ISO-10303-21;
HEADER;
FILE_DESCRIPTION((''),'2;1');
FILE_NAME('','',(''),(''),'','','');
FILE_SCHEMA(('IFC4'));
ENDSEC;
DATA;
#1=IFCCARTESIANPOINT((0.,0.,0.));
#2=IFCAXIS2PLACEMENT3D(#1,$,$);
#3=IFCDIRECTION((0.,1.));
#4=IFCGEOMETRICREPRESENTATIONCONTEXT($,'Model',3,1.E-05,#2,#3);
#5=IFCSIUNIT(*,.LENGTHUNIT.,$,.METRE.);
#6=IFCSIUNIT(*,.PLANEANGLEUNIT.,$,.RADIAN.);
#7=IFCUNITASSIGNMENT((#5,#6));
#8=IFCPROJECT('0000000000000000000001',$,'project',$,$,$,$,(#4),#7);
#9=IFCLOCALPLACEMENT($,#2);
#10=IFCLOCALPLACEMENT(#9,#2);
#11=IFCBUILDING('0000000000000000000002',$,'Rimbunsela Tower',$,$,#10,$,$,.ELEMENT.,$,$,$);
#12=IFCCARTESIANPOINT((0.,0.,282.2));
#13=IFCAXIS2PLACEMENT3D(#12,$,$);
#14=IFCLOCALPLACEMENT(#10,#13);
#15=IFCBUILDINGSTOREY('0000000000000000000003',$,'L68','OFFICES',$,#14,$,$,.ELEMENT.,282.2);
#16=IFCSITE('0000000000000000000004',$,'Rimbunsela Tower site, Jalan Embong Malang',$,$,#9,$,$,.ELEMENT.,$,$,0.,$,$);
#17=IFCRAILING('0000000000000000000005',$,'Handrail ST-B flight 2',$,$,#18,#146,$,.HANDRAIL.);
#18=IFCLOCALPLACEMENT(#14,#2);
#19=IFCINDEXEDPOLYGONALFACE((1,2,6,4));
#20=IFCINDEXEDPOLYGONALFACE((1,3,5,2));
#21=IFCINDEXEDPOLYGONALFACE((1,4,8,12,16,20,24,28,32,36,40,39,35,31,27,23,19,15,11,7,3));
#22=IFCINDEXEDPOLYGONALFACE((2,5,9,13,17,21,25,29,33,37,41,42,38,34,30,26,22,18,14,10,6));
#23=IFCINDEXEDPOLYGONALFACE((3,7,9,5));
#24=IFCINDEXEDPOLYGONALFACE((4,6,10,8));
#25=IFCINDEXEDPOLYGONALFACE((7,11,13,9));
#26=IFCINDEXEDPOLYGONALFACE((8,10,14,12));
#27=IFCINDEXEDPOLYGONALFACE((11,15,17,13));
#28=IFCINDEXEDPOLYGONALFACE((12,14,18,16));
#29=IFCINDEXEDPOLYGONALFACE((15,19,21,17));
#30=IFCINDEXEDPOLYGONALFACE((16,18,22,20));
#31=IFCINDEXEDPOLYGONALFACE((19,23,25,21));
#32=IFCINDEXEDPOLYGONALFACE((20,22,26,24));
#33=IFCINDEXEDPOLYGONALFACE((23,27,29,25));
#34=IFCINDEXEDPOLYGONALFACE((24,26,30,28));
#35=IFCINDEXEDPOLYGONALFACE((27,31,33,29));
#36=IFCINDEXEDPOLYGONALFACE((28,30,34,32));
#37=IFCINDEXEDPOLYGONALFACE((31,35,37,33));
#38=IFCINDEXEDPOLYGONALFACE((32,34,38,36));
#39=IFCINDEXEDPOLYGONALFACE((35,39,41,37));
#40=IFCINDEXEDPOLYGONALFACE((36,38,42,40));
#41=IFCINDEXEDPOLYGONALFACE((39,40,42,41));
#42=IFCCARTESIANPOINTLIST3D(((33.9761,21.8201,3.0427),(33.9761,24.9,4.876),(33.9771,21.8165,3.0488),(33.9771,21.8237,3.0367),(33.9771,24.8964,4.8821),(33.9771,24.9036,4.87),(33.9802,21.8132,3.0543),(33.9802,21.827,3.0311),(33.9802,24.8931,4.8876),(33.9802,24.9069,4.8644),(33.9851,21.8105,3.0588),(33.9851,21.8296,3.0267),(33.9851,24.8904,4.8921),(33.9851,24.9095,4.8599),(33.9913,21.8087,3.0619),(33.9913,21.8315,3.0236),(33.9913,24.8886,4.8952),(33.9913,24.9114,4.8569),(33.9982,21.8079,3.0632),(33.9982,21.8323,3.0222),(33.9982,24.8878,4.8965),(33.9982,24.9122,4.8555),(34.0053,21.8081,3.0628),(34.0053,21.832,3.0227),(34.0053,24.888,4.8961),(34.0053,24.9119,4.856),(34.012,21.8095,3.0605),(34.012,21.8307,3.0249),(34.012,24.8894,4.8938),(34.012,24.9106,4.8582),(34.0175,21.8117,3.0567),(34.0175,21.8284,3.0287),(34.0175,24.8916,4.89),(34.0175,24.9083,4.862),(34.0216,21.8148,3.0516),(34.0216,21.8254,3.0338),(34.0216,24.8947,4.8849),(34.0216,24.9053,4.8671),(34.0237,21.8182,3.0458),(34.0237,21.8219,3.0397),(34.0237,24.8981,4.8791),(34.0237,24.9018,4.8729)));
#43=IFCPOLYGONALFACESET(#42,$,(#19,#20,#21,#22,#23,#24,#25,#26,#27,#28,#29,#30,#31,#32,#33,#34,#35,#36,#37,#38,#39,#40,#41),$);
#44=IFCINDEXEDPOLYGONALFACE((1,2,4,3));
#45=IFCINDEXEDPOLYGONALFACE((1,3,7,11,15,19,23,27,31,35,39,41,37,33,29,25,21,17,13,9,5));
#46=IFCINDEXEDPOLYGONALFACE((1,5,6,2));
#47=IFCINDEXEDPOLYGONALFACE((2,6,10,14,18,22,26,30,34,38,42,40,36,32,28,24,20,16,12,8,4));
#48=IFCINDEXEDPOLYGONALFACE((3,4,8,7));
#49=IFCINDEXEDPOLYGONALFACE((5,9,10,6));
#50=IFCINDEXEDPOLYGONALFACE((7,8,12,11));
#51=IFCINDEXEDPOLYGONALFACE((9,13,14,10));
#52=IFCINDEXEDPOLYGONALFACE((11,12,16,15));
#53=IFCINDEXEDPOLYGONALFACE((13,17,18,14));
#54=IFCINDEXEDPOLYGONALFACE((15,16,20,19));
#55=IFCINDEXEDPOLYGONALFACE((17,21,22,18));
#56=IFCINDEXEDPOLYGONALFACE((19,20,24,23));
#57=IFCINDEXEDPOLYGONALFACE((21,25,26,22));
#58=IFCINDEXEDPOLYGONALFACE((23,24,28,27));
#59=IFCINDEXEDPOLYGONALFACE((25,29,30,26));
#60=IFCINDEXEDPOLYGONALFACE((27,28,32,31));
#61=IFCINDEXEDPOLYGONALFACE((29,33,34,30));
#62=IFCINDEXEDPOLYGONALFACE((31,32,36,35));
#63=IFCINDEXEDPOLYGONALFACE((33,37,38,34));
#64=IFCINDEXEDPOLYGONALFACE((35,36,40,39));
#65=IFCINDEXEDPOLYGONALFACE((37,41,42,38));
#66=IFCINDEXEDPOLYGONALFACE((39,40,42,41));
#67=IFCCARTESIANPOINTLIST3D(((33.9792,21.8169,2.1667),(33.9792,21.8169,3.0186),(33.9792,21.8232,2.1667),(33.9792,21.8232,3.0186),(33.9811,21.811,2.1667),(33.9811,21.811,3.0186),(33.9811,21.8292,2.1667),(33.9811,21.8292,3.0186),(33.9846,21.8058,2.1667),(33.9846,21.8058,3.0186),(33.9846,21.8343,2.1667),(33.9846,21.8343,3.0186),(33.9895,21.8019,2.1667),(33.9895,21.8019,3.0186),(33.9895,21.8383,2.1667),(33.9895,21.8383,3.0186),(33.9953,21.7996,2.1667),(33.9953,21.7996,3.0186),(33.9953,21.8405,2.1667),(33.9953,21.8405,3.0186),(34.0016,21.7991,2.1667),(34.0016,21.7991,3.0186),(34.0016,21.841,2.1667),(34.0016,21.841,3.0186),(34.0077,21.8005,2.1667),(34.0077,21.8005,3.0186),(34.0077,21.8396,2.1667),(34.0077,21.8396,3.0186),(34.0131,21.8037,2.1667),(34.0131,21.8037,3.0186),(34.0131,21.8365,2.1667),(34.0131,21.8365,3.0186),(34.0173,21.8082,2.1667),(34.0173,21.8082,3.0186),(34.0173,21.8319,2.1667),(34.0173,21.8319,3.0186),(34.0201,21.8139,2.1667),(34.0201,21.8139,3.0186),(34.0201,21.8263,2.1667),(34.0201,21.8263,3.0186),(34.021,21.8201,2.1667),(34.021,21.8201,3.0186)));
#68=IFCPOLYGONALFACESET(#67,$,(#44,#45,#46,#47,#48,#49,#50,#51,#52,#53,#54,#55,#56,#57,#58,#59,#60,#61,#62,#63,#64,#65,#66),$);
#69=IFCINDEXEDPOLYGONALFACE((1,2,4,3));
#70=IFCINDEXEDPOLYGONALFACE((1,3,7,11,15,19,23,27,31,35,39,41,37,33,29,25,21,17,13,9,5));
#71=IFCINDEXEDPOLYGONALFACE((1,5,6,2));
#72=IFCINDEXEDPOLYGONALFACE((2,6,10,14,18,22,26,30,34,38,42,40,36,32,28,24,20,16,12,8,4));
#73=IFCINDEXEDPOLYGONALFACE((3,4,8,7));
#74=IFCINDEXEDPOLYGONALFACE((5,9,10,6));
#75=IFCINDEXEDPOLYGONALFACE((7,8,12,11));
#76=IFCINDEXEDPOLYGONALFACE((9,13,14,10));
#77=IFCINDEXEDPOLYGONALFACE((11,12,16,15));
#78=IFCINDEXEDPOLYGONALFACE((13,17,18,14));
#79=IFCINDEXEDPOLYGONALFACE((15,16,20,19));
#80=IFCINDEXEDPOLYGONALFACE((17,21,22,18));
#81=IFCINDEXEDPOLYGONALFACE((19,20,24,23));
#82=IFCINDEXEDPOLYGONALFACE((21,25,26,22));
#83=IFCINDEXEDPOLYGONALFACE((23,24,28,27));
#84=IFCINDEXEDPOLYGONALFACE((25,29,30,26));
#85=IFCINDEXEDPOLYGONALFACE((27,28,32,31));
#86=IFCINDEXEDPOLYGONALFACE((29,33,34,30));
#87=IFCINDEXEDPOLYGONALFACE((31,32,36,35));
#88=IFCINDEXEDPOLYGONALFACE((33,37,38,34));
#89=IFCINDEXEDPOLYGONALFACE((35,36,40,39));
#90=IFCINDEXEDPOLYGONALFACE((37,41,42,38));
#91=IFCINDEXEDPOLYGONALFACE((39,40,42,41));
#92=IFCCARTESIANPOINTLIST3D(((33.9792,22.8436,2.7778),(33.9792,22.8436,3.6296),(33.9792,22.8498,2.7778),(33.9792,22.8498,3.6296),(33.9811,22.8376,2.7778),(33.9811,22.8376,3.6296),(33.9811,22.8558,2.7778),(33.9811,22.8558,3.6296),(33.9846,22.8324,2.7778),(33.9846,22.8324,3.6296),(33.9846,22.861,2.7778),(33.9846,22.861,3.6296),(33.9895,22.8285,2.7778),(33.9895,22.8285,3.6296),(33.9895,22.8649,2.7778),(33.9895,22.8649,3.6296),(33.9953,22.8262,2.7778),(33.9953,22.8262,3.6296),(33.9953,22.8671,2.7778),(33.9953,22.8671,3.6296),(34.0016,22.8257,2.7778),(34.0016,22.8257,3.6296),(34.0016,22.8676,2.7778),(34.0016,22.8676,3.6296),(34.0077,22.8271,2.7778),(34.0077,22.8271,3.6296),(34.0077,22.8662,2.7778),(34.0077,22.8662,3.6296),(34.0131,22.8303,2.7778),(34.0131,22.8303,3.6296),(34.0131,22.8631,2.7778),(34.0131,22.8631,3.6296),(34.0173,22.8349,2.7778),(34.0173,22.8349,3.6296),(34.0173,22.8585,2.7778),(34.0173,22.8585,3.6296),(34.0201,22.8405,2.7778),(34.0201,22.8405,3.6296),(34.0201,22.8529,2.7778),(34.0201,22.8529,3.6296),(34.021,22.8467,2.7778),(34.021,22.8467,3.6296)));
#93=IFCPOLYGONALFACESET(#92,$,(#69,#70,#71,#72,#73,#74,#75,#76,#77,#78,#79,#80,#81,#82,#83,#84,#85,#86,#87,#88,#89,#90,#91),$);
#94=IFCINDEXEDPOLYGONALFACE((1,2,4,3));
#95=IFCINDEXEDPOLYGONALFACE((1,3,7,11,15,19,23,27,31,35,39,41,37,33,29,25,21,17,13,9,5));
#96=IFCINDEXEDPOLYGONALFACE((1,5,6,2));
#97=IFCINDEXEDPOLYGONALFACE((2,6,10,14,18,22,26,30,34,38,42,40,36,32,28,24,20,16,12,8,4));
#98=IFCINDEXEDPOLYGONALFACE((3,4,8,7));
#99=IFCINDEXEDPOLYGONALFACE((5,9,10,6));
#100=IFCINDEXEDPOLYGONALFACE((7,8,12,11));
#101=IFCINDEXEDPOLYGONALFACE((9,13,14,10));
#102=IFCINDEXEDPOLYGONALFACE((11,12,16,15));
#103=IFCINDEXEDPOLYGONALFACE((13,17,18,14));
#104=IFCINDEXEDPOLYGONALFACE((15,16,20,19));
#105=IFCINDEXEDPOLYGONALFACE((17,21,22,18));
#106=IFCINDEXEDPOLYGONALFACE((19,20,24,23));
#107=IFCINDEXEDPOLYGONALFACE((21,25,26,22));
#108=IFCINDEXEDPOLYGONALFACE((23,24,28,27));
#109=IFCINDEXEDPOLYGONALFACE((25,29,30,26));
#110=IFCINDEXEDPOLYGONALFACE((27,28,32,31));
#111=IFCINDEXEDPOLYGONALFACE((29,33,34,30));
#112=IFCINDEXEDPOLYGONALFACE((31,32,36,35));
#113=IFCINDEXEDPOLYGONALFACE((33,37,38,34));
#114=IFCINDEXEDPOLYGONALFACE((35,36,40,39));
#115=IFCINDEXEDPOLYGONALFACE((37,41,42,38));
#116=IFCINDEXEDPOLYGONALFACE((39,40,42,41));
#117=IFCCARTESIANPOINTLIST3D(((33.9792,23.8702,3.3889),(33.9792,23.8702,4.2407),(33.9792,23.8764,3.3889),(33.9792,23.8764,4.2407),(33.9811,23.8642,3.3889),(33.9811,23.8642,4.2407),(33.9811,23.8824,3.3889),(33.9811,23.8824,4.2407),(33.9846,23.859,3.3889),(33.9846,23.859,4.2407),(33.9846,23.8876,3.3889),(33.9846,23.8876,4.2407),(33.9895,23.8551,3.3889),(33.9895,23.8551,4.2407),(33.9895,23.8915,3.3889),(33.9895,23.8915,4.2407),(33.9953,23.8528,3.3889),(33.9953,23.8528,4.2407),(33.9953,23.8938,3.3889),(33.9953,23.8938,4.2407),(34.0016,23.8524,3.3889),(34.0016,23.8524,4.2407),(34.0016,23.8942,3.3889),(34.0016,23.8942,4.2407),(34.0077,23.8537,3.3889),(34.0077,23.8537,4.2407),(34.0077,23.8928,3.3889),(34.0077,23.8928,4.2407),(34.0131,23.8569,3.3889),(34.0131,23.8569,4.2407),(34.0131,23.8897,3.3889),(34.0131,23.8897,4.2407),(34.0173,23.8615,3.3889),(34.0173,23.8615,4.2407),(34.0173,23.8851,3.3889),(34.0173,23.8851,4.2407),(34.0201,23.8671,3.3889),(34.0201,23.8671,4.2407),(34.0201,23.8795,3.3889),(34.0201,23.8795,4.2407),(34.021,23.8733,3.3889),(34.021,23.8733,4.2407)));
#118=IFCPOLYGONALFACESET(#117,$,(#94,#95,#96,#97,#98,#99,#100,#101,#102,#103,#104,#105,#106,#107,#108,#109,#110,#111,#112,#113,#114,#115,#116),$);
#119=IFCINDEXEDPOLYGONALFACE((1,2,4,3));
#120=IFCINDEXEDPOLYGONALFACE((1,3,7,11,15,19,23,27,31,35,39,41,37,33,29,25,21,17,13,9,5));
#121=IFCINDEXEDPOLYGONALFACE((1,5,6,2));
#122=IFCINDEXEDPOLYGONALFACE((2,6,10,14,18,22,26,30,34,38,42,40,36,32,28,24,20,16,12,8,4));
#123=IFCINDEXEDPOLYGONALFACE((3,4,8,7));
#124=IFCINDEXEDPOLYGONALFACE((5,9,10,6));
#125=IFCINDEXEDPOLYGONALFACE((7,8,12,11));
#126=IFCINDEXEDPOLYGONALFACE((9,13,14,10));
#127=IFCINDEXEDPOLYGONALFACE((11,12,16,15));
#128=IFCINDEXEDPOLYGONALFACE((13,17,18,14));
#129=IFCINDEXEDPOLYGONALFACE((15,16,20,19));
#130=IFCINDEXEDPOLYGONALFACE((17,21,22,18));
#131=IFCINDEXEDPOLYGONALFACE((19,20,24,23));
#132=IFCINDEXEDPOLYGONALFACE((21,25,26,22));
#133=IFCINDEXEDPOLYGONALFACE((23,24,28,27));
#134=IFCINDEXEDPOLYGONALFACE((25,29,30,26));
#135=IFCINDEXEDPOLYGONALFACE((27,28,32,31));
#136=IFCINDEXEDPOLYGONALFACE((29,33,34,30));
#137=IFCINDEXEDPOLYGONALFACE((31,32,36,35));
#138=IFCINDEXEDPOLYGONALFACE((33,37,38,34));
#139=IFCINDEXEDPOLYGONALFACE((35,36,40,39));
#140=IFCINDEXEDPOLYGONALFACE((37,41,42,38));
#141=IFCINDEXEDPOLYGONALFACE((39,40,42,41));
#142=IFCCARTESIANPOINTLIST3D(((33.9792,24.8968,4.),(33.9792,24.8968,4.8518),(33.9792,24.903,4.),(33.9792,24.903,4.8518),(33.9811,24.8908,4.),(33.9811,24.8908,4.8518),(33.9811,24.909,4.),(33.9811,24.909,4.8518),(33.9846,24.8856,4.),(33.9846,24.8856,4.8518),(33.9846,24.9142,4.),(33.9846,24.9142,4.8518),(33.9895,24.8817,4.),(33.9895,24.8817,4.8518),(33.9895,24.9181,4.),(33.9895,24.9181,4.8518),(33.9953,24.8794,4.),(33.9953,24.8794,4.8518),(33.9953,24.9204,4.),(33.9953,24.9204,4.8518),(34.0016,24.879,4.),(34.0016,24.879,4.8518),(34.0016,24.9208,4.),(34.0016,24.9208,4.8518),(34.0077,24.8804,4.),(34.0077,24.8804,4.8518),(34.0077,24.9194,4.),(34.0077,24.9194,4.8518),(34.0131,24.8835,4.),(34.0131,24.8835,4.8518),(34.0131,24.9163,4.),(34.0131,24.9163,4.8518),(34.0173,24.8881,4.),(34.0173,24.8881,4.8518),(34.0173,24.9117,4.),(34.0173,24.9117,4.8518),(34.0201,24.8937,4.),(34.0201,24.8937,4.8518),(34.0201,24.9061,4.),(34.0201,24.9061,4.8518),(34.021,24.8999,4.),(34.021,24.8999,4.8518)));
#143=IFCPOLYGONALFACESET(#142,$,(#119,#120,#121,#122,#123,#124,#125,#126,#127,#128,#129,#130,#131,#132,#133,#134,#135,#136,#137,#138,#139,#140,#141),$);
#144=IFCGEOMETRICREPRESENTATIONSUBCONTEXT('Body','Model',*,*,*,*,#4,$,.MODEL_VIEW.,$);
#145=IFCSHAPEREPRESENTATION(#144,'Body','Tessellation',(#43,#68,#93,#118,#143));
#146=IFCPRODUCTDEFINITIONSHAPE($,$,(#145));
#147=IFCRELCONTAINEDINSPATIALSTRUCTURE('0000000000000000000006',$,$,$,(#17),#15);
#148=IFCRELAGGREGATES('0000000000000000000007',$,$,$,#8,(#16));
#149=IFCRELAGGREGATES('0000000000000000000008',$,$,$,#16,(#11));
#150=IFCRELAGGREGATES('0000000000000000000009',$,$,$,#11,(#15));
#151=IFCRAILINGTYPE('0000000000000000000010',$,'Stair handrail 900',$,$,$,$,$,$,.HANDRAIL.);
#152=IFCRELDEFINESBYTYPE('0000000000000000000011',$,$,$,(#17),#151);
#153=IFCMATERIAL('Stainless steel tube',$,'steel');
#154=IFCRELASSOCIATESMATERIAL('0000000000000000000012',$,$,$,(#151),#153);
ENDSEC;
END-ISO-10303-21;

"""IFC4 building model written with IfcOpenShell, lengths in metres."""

from ifc_helpers import new_model, si_unit, direction, frame, origin, origin_2d, place, context, subcontext, project, spatial, circle, extrude, material, type_object, element, save


model = new_model("IFC4")

# Units and contexts
model_context = context("Model", 3, precision=1e-05, world=origin(), true_north=direction((0.0, 1.0)))
body_context = subcontext(model_context, "Body", "Model", "MODEL_VIEW")
ifc_project = project(units=[si_unit("LENGTHUNIT", "METRE"), si_unit("PLANEANGLEUNIT", "RADIAN")], contexts=[model_context])

# Site, building, storey
site_placement = place(None, origin())
site = spatial("IfcSite", under=ifc_project, at=site_placement, Name="Rimbunsela Tower site, Jalan Embong Malang", CompositionType="ELEMENT", RefElevation=0.0)
building_placement = place(site_placement, origin())
building = spatial("IfcBuilding", under=site, at=building_placement, Name="Rimbunsela Tower", CompositionType="ELEMENT")
storey_placement = place(building_placement, frame((0.0, 0.0, 282.2)))
storey = spatial("IfcBuildingStorey", under=building, at=storey_placement, Name="L68", Description="OFFICES", CompositionType="ELEMENT", Elevation=282.2)

# Railing
ifc_material_1 = material(Name="Stainless steel tube", Category="steel")
railing_type = type_object("IfcRailingType", Name="Stair handrail 900", PredefinedType="HANDRAIL", material=ifc_material_1)
for number, where, name in (
    (1, (34.0, 21.8201, 2.1667), "Handrail ST-B flight 2"),
):
    element("IfcRailing", number, at=place(storey_placement, frame(where)), inside=storey, type_object=railing_type, Name=name, PredefinedType="HANDRAIL", context=body_context, shape_type="SweptSolid", body=[
        extrude(circle(Radius=0.0239, at=origin_2d()), frame((0.0, 0.0, 0.876), z_axis=(0.0, 0.859291, 0.511487), x_axis=(-1.0, 0.0, 0.0)), (0.0, 0.0, 1.0), 3.5842),
        extrude(circle(Radius=0.021, at=origin_2d()), origin(), (0.0, 0.0, 1.0), 0.8518),
        extrude(circle(Radius=0.021, at=origin_2d()), frame((0.0, 1.0266, 0.6111)), (0.0, 0.0, 1.0), 0.8518),
        extrude(circle(Radius=0.021, at=origin_2d()), frame((0.0, 2.0532, 1.2222)), (0.0, 0.0, 1.0), 0.8518),
        extrude(circle(Radius=0.021, at=origin_2d()), frame((0.0, 3.0798, 1.8333)), (0.0, 0.0, 1.0), 0.8518),
    ])

save(model, "model.ifc")
